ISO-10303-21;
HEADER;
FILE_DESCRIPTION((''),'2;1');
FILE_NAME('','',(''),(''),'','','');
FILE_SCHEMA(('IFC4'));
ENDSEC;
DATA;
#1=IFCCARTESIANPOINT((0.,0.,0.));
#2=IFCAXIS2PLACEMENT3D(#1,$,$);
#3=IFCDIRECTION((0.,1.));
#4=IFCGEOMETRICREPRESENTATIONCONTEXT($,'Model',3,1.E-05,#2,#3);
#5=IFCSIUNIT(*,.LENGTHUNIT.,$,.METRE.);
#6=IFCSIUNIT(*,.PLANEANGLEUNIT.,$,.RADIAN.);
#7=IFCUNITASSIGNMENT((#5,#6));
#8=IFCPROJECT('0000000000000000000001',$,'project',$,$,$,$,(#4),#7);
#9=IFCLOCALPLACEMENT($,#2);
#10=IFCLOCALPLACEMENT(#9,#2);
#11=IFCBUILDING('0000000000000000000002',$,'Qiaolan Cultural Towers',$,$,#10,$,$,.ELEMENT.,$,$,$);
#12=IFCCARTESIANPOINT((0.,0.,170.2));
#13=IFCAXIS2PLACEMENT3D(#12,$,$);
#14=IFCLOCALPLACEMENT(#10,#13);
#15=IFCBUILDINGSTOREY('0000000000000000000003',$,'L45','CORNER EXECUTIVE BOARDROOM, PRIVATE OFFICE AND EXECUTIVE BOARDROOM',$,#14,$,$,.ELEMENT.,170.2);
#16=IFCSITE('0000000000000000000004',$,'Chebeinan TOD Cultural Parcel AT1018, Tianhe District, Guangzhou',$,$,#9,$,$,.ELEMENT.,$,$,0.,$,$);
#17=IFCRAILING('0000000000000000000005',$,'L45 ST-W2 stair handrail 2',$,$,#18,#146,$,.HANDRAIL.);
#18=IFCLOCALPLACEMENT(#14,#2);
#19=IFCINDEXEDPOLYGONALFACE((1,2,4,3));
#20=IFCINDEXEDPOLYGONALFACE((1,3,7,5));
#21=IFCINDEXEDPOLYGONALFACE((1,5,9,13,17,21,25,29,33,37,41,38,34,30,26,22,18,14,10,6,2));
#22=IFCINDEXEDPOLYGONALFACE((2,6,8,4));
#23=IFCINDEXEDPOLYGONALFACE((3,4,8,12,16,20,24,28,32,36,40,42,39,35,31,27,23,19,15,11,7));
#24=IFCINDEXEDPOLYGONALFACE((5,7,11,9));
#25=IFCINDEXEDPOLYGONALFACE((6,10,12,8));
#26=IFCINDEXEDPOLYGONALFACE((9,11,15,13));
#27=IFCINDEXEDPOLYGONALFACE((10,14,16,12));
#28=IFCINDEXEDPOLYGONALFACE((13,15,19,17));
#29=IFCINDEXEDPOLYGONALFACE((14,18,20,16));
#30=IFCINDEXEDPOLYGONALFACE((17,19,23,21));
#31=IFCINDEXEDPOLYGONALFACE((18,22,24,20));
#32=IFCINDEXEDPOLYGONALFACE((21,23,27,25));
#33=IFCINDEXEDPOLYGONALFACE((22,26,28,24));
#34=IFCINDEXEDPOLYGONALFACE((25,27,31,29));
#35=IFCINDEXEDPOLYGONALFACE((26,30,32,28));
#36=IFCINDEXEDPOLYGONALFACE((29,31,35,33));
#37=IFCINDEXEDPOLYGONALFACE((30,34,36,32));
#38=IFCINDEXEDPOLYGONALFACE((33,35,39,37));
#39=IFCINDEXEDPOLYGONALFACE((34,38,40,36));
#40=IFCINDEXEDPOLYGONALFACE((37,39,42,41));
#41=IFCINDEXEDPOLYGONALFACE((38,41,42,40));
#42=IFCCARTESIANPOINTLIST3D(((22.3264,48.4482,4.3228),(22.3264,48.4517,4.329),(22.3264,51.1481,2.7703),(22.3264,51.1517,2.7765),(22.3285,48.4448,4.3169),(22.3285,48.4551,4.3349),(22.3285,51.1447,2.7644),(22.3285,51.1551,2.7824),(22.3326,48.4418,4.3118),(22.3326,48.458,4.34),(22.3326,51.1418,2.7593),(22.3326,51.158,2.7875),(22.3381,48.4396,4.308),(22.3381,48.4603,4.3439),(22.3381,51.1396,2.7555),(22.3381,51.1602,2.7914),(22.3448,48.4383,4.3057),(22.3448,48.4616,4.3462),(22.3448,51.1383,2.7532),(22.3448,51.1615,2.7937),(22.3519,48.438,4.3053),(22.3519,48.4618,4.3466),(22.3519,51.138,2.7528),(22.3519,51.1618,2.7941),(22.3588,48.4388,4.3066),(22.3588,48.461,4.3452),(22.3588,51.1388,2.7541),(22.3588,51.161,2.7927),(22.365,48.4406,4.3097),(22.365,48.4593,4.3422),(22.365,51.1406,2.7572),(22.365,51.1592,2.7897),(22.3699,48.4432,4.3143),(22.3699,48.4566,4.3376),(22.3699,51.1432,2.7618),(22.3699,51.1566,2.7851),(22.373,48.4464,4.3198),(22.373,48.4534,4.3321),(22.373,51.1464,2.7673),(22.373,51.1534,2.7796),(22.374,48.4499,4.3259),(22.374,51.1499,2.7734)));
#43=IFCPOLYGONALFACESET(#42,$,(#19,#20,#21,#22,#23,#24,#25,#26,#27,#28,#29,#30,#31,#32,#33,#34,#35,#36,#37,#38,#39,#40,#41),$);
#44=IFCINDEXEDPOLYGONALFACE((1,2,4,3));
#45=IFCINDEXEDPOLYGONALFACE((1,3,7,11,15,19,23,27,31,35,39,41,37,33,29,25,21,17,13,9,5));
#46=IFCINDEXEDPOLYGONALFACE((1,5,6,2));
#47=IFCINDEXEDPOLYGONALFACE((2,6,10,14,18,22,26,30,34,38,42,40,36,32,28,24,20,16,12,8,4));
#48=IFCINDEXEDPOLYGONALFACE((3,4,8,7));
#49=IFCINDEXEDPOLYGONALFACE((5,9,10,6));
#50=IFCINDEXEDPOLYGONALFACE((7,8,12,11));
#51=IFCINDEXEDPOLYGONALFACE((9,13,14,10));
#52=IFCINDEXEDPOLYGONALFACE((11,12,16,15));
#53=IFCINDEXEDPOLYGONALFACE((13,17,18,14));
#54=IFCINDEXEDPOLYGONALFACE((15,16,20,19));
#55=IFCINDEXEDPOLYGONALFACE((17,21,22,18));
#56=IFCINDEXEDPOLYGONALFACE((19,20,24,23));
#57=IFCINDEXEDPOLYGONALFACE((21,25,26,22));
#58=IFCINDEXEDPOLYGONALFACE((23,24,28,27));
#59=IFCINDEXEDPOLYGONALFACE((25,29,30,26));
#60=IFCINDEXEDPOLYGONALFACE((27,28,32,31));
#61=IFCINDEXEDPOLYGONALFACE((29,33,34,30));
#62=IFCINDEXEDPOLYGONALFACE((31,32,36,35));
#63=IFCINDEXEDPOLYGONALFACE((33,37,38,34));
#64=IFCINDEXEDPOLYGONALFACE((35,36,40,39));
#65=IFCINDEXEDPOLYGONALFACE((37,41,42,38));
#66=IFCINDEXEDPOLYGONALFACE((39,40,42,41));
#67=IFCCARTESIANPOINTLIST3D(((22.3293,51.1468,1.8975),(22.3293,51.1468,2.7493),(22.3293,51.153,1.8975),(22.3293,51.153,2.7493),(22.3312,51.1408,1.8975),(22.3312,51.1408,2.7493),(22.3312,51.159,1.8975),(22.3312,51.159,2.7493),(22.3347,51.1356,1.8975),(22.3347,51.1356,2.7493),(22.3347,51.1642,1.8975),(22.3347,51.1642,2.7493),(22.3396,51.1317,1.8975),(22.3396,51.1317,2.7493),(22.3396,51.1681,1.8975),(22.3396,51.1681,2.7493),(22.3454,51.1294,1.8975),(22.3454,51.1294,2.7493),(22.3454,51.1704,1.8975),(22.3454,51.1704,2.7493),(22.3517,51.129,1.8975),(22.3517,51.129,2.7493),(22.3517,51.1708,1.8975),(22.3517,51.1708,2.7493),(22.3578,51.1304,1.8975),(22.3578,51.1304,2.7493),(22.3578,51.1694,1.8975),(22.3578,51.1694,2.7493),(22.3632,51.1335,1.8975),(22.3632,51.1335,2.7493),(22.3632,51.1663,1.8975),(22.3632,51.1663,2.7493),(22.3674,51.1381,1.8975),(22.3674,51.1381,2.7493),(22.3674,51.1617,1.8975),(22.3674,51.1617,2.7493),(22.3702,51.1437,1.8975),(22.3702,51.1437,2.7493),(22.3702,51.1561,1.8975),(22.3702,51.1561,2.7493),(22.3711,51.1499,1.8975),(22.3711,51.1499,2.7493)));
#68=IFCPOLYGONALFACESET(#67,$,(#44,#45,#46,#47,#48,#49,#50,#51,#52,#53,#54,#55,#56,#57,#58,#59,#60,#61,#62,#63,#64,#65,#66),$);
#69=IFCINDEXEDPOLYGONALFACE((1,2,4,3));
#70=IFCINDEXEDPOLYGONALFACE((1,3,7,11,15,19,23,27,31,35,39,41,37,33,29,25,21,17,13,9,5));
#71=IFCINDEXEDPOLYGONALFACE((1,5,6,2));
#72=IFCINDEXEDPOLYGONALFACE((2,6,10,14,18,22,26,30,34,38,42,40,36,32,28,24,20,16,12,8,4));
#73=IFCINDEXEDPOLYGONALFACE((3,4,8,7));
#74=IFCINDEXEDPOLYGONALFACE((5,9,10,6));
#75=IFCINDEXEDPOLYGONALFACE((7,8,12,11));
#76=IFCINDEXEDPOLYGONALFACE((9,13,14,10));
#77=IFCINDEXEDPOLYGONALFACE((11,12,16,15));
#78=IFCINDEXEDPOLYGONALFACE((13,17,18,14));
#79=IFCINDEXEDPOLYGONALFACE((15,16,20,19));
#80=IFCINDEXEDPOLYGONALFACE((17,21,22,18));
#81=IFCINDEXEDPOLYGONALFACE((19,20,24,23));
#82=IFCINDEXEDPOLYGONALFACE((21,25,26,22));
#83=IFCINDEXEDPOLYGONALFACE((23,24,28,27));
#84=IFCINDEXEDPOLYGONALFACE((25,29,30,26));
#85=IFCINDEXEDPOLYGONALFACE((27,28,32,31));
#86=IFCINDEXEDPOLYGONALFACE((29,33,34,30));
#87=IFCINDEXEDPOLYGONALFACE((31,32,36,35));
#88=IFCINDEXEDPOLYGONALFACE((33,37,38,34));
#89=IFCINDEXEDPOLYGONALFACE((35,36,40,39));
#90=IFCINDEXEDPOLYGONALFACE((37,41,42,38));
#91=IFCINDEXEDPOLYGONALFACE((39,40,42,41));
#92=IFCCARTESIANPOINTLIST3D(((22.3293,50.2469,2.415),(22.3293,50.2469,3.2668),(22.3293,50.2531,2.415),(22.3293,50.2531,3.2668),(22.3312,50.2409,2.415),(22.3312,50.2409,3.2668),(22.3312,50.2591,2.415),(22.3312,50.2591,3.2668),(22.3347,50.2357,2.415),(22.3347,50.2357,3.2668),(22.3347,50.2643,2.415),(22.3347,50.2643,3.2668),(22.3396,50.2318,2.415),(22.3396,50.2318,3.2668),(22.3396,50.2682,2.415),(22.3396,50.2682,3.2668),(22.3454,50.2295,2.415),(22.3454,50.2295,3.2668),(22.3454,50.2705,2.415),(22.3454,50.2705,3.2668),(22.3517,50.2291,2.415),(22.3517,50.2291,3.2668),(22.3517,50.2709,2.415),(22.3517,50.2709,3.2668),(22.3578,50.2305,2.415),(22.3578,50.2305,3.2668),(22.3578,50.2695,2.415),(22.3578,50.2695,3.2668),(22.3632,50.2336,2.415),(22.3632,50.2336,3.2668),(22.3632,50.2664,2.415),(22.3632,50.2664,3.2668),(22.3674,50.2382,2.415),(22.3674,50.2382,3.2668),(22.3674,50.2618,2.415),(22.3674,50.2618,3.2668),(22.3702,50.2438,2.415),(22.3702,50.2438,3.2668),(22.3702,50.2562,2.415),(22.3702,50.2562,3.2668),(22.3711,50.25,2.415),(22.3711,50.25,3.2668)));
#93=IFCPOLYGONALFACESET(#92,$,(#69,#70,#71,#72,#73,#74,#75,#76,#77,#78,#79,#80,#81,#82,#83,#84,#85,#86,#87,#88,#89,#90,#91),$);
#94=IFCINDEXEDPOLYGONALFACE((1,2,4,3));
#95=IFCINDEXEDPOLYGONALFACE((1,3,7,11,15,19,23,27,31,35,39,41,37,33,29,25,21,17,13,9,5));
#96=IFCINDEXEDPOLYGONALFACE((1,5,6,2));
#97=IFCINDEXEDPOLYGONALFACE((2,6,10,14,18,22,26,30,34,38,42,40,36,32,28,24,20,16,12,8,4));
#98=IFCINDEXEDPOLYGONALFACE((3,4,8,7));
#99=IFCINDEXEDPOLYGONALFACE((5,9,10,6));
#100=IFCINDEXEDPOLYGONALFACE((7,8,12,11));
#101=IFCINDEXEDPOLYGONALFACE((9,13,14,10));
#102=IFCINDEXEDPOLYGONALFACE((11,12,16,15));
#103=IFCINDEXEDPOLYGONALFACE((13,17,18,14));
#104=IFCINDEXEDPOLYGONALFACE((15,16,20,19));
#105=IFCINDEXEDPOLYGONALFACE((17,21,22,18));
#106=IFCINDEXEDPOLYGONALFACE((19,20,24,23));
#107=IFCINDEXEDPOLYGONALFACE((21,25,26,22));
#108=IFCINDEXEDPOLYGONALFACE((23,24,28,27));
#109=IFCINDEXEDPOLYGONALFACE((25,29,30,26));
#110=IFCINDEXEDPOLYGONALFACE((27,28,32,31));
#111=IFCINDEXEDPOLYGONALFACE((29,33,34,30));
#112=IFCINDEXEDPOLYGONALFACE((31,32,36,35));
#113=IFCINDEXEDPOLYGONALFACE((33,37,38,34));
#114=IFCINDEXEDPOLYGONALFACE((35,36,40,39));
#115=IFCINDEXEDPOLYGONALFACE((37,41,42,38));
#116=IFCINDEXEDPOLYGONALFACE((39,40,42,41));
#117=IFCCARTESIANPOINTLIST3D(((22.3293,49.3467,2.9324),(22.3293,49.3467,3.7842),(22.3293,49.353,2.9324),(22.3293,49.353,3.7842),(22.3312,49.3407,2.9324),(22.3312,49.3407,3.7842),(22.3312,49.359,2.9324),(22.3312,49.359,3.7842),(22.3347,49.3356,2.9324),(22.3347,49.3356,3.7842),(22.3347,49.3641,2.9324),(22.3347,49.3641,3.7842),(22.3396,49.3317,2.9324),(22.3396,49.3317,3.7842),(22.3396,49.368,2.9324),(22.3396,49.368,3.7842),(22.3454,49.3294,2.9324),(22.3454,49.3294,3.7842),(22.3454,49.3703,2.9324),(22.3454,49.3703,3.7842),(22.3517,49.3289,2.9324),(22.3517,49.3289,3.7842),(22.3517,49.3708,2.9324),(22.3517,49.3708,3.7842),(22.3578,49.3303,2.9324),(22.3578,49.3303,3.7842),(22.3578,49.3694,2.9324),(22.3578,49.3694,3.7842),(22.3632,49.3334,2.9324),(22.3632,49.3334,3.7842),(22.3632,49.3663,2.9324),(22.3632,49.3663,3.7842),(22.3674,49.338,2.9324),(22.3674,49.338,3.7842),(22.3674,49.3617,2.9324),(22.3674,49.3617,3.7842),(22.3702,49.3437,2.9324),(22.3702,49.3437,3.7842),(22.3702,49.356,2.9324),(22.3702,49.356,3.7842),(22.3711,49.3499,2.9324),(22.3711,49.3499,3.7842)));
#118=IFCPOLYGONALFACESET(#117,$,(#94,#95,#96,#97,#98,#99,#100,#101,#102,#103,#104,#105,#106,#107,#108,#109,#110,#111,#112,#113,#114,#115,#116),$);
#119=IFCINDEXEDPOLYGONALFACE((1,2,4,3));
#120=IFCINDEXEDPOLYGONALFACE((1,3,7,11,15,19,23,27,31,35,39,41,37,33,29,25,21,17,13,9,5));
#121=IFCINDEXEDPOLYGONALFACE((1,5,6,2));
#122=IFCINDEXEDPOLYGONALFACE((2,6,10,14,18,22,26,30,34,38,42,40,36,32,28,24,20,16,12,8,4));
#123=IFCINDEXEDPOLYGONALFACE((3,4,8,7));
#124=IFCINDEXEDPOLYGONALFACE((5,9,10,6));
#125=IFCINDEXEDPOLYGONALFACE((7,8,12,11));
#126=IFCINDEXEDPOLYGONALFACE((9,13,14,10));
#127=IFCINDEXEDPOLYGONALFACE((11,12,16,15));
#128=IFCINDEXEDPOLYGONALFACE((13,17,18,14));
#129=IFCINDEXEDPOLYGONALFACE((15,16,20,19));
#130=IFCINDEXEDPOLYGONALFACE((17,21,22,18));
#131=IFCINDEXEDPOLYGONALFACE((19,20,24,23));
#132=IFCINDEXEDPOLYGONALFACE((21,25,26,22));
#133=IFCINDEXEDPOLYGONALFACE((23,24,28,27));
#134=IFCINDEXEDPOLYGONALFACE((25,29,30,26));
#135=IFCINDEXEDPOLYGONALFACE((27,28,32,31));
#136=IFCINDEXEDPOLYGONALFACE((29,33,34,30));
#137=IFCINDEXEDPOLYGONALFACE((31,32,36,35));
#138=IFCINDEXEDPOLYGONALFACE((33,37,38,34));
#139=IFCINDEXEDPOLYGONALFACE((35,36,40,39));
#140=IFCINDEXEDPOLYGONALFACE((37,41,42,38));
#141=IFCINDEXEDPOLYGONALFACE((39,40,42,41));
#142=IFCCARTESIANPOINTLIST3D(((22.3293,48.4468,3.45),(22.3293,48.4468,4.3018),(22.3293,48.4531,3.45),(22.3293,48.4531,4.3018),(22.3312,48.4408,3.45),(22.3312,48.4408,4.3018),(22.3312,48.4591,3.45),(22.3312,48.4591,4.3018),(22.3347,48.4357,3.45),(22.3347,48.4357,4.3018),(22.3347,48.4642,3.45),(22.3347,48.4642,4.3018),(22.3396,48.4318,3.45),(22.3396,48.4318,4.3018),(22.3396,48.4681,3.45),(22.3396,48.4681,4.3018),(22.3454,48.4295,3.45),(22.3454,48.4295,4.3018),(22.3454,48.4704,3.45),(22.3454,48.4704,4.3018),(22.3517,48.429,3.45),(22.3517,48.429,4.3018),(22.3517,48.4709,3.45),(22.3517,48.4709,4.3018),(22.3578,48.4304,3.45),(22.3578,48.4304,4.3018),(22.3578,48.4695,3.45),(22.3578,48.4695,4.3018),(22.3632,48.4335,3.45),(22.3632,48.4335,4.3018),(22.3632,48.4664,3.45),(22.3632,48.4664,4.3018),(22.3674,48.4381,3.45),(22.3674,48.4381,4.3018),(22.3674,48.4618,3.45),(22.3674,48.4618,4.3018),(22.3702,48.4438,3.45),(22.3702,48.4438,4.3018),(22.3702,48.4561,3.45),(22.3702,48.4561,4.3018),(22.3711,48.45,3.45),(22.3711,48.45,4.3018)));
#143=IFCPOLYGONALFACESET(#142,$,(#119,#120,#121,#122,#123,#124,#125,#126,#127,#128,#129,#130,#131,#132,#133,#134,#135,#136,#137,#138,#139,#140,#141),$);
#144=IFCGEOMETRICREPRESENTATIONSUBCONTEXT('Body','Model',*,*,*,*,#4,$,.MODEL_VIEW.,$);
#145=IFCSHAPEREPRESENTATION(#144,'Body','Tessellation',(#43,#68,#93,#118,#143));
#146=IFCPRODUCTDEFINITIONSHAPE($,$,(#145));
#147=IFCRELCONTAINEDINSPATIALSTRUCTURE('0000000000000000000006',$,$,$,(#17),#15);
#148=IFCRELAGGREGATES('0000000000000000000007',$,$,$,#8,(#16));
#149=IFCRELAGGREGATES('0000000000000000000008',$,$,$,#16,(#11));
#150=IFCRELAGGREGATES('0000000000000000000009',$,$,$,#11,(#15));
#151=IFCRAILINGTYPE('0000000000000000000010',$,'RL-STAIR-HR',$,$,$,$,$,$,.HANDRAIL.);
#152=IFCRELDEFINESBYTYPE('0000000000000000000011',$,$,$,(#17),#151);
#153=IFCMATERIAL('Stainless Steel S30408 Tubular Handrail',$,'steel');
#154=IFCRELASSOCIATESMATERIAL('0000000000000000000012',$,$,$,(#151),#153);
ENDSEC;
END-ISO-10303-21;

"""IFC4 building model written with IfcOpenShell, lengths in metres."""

from ifc_helpers import new_model, si_unit, direction, frame, origin, origin_2d, place, context, subcontext, project, spatial, circle, extrude, material, type_object, element, save


model = new_model("IFC4")

# Units and contexts
model_context = context("Model", 3, precision=1e-05, world=origin(), true_north=direction((0.0, 1.0)))
body_context = subcontext(model_context, "Body", "Model", "MODEL_VIEW")
ifc_project = project(units=[si_unit("LENGTHUNIT", "METRE"), si_unit("PLANEANGLEUNIT", "RADIAN")], contexts=[model_context])

# Site, building, storey
site_placement = place(None, origin())
site = spatial("IfcSite", under=ifc_project, at=site_placement, Name="Chebeinan TOD Cultural Parcel AT1018, Tianhe District, Guangzhou", CompositionType="ELEMENT", RefElevation=0.0)
building_placement = place(site_placement, origin())
building = spatial("IfcBuilding", under=site, at=building_placement, Name="Qiaolan Cultural Towers", CompositionType="ELEMENT")
storey_placement = place(building_placement, frame((0.0, 0.0, 170.2)))
storey = spatial("IfcBuildingStorey", under=building, at=storey_placement, Name="L45", Description="CORNER EXECUTIVE BOARDROOM, PRIVATE OFFICE AND EXECUTIVE BOARDROOM", CompositionType="ELEMENT", Elevation=170.2)

# Railing
ifc_material_1 = material(Name="Stainless Steel S30408 Tubular Handrail", Category="steel")
railing_type_1 = type_object("IfcRailingType", Name="RL-STAIR-HR", PredefinedType="HANDRAIL", material=ifc_material_1)
railing_1_placement = place(storey_placement, frame((22.3501, 51.1499, 1.8975)))
element("IfcRailing", 1, at=railing_1_placement, inside=storey, type_object=railing_type_1, Name="L45 ST-W2 stair handrail 2", PredefinedType="HANDRAIL", context=body_context, shape_type="SweptSolid", body=[
    extrude(circle(Radius=0.0239, at=origin_2d()), frame((0.0, 0.0, 0.876), z_axis=(0.0, -0.866904, 0.498476), x_axis=(1.0, 0.0, 0.0)), (0.0, 0.0, 1.0), 3.1145),
    extrude(circle(Radius=0.021, at=origin_2d()), origin(), (0.0, 0.0, 1.0), 0.8518),
    extrude(circle(Radius=0.021, at=origin_2d()), frame((0.0, -0.8999, 0.5176)), (0.0, 0.0, 1.0), 0.8518),
    extrude(circle(Radius=0.021, at=origin_2d()), frame((0.0, -1.8, 1.0349)), (0.0, 0.0, 1.0), 0.8518),
    extrude(circle(Radius=0.021, at=origin_2d()), frame((0.0, -2.7, 1.5525)), (0.0, 0.0, 1.0), 0.8518),
])

save(model, "model.ifc")
